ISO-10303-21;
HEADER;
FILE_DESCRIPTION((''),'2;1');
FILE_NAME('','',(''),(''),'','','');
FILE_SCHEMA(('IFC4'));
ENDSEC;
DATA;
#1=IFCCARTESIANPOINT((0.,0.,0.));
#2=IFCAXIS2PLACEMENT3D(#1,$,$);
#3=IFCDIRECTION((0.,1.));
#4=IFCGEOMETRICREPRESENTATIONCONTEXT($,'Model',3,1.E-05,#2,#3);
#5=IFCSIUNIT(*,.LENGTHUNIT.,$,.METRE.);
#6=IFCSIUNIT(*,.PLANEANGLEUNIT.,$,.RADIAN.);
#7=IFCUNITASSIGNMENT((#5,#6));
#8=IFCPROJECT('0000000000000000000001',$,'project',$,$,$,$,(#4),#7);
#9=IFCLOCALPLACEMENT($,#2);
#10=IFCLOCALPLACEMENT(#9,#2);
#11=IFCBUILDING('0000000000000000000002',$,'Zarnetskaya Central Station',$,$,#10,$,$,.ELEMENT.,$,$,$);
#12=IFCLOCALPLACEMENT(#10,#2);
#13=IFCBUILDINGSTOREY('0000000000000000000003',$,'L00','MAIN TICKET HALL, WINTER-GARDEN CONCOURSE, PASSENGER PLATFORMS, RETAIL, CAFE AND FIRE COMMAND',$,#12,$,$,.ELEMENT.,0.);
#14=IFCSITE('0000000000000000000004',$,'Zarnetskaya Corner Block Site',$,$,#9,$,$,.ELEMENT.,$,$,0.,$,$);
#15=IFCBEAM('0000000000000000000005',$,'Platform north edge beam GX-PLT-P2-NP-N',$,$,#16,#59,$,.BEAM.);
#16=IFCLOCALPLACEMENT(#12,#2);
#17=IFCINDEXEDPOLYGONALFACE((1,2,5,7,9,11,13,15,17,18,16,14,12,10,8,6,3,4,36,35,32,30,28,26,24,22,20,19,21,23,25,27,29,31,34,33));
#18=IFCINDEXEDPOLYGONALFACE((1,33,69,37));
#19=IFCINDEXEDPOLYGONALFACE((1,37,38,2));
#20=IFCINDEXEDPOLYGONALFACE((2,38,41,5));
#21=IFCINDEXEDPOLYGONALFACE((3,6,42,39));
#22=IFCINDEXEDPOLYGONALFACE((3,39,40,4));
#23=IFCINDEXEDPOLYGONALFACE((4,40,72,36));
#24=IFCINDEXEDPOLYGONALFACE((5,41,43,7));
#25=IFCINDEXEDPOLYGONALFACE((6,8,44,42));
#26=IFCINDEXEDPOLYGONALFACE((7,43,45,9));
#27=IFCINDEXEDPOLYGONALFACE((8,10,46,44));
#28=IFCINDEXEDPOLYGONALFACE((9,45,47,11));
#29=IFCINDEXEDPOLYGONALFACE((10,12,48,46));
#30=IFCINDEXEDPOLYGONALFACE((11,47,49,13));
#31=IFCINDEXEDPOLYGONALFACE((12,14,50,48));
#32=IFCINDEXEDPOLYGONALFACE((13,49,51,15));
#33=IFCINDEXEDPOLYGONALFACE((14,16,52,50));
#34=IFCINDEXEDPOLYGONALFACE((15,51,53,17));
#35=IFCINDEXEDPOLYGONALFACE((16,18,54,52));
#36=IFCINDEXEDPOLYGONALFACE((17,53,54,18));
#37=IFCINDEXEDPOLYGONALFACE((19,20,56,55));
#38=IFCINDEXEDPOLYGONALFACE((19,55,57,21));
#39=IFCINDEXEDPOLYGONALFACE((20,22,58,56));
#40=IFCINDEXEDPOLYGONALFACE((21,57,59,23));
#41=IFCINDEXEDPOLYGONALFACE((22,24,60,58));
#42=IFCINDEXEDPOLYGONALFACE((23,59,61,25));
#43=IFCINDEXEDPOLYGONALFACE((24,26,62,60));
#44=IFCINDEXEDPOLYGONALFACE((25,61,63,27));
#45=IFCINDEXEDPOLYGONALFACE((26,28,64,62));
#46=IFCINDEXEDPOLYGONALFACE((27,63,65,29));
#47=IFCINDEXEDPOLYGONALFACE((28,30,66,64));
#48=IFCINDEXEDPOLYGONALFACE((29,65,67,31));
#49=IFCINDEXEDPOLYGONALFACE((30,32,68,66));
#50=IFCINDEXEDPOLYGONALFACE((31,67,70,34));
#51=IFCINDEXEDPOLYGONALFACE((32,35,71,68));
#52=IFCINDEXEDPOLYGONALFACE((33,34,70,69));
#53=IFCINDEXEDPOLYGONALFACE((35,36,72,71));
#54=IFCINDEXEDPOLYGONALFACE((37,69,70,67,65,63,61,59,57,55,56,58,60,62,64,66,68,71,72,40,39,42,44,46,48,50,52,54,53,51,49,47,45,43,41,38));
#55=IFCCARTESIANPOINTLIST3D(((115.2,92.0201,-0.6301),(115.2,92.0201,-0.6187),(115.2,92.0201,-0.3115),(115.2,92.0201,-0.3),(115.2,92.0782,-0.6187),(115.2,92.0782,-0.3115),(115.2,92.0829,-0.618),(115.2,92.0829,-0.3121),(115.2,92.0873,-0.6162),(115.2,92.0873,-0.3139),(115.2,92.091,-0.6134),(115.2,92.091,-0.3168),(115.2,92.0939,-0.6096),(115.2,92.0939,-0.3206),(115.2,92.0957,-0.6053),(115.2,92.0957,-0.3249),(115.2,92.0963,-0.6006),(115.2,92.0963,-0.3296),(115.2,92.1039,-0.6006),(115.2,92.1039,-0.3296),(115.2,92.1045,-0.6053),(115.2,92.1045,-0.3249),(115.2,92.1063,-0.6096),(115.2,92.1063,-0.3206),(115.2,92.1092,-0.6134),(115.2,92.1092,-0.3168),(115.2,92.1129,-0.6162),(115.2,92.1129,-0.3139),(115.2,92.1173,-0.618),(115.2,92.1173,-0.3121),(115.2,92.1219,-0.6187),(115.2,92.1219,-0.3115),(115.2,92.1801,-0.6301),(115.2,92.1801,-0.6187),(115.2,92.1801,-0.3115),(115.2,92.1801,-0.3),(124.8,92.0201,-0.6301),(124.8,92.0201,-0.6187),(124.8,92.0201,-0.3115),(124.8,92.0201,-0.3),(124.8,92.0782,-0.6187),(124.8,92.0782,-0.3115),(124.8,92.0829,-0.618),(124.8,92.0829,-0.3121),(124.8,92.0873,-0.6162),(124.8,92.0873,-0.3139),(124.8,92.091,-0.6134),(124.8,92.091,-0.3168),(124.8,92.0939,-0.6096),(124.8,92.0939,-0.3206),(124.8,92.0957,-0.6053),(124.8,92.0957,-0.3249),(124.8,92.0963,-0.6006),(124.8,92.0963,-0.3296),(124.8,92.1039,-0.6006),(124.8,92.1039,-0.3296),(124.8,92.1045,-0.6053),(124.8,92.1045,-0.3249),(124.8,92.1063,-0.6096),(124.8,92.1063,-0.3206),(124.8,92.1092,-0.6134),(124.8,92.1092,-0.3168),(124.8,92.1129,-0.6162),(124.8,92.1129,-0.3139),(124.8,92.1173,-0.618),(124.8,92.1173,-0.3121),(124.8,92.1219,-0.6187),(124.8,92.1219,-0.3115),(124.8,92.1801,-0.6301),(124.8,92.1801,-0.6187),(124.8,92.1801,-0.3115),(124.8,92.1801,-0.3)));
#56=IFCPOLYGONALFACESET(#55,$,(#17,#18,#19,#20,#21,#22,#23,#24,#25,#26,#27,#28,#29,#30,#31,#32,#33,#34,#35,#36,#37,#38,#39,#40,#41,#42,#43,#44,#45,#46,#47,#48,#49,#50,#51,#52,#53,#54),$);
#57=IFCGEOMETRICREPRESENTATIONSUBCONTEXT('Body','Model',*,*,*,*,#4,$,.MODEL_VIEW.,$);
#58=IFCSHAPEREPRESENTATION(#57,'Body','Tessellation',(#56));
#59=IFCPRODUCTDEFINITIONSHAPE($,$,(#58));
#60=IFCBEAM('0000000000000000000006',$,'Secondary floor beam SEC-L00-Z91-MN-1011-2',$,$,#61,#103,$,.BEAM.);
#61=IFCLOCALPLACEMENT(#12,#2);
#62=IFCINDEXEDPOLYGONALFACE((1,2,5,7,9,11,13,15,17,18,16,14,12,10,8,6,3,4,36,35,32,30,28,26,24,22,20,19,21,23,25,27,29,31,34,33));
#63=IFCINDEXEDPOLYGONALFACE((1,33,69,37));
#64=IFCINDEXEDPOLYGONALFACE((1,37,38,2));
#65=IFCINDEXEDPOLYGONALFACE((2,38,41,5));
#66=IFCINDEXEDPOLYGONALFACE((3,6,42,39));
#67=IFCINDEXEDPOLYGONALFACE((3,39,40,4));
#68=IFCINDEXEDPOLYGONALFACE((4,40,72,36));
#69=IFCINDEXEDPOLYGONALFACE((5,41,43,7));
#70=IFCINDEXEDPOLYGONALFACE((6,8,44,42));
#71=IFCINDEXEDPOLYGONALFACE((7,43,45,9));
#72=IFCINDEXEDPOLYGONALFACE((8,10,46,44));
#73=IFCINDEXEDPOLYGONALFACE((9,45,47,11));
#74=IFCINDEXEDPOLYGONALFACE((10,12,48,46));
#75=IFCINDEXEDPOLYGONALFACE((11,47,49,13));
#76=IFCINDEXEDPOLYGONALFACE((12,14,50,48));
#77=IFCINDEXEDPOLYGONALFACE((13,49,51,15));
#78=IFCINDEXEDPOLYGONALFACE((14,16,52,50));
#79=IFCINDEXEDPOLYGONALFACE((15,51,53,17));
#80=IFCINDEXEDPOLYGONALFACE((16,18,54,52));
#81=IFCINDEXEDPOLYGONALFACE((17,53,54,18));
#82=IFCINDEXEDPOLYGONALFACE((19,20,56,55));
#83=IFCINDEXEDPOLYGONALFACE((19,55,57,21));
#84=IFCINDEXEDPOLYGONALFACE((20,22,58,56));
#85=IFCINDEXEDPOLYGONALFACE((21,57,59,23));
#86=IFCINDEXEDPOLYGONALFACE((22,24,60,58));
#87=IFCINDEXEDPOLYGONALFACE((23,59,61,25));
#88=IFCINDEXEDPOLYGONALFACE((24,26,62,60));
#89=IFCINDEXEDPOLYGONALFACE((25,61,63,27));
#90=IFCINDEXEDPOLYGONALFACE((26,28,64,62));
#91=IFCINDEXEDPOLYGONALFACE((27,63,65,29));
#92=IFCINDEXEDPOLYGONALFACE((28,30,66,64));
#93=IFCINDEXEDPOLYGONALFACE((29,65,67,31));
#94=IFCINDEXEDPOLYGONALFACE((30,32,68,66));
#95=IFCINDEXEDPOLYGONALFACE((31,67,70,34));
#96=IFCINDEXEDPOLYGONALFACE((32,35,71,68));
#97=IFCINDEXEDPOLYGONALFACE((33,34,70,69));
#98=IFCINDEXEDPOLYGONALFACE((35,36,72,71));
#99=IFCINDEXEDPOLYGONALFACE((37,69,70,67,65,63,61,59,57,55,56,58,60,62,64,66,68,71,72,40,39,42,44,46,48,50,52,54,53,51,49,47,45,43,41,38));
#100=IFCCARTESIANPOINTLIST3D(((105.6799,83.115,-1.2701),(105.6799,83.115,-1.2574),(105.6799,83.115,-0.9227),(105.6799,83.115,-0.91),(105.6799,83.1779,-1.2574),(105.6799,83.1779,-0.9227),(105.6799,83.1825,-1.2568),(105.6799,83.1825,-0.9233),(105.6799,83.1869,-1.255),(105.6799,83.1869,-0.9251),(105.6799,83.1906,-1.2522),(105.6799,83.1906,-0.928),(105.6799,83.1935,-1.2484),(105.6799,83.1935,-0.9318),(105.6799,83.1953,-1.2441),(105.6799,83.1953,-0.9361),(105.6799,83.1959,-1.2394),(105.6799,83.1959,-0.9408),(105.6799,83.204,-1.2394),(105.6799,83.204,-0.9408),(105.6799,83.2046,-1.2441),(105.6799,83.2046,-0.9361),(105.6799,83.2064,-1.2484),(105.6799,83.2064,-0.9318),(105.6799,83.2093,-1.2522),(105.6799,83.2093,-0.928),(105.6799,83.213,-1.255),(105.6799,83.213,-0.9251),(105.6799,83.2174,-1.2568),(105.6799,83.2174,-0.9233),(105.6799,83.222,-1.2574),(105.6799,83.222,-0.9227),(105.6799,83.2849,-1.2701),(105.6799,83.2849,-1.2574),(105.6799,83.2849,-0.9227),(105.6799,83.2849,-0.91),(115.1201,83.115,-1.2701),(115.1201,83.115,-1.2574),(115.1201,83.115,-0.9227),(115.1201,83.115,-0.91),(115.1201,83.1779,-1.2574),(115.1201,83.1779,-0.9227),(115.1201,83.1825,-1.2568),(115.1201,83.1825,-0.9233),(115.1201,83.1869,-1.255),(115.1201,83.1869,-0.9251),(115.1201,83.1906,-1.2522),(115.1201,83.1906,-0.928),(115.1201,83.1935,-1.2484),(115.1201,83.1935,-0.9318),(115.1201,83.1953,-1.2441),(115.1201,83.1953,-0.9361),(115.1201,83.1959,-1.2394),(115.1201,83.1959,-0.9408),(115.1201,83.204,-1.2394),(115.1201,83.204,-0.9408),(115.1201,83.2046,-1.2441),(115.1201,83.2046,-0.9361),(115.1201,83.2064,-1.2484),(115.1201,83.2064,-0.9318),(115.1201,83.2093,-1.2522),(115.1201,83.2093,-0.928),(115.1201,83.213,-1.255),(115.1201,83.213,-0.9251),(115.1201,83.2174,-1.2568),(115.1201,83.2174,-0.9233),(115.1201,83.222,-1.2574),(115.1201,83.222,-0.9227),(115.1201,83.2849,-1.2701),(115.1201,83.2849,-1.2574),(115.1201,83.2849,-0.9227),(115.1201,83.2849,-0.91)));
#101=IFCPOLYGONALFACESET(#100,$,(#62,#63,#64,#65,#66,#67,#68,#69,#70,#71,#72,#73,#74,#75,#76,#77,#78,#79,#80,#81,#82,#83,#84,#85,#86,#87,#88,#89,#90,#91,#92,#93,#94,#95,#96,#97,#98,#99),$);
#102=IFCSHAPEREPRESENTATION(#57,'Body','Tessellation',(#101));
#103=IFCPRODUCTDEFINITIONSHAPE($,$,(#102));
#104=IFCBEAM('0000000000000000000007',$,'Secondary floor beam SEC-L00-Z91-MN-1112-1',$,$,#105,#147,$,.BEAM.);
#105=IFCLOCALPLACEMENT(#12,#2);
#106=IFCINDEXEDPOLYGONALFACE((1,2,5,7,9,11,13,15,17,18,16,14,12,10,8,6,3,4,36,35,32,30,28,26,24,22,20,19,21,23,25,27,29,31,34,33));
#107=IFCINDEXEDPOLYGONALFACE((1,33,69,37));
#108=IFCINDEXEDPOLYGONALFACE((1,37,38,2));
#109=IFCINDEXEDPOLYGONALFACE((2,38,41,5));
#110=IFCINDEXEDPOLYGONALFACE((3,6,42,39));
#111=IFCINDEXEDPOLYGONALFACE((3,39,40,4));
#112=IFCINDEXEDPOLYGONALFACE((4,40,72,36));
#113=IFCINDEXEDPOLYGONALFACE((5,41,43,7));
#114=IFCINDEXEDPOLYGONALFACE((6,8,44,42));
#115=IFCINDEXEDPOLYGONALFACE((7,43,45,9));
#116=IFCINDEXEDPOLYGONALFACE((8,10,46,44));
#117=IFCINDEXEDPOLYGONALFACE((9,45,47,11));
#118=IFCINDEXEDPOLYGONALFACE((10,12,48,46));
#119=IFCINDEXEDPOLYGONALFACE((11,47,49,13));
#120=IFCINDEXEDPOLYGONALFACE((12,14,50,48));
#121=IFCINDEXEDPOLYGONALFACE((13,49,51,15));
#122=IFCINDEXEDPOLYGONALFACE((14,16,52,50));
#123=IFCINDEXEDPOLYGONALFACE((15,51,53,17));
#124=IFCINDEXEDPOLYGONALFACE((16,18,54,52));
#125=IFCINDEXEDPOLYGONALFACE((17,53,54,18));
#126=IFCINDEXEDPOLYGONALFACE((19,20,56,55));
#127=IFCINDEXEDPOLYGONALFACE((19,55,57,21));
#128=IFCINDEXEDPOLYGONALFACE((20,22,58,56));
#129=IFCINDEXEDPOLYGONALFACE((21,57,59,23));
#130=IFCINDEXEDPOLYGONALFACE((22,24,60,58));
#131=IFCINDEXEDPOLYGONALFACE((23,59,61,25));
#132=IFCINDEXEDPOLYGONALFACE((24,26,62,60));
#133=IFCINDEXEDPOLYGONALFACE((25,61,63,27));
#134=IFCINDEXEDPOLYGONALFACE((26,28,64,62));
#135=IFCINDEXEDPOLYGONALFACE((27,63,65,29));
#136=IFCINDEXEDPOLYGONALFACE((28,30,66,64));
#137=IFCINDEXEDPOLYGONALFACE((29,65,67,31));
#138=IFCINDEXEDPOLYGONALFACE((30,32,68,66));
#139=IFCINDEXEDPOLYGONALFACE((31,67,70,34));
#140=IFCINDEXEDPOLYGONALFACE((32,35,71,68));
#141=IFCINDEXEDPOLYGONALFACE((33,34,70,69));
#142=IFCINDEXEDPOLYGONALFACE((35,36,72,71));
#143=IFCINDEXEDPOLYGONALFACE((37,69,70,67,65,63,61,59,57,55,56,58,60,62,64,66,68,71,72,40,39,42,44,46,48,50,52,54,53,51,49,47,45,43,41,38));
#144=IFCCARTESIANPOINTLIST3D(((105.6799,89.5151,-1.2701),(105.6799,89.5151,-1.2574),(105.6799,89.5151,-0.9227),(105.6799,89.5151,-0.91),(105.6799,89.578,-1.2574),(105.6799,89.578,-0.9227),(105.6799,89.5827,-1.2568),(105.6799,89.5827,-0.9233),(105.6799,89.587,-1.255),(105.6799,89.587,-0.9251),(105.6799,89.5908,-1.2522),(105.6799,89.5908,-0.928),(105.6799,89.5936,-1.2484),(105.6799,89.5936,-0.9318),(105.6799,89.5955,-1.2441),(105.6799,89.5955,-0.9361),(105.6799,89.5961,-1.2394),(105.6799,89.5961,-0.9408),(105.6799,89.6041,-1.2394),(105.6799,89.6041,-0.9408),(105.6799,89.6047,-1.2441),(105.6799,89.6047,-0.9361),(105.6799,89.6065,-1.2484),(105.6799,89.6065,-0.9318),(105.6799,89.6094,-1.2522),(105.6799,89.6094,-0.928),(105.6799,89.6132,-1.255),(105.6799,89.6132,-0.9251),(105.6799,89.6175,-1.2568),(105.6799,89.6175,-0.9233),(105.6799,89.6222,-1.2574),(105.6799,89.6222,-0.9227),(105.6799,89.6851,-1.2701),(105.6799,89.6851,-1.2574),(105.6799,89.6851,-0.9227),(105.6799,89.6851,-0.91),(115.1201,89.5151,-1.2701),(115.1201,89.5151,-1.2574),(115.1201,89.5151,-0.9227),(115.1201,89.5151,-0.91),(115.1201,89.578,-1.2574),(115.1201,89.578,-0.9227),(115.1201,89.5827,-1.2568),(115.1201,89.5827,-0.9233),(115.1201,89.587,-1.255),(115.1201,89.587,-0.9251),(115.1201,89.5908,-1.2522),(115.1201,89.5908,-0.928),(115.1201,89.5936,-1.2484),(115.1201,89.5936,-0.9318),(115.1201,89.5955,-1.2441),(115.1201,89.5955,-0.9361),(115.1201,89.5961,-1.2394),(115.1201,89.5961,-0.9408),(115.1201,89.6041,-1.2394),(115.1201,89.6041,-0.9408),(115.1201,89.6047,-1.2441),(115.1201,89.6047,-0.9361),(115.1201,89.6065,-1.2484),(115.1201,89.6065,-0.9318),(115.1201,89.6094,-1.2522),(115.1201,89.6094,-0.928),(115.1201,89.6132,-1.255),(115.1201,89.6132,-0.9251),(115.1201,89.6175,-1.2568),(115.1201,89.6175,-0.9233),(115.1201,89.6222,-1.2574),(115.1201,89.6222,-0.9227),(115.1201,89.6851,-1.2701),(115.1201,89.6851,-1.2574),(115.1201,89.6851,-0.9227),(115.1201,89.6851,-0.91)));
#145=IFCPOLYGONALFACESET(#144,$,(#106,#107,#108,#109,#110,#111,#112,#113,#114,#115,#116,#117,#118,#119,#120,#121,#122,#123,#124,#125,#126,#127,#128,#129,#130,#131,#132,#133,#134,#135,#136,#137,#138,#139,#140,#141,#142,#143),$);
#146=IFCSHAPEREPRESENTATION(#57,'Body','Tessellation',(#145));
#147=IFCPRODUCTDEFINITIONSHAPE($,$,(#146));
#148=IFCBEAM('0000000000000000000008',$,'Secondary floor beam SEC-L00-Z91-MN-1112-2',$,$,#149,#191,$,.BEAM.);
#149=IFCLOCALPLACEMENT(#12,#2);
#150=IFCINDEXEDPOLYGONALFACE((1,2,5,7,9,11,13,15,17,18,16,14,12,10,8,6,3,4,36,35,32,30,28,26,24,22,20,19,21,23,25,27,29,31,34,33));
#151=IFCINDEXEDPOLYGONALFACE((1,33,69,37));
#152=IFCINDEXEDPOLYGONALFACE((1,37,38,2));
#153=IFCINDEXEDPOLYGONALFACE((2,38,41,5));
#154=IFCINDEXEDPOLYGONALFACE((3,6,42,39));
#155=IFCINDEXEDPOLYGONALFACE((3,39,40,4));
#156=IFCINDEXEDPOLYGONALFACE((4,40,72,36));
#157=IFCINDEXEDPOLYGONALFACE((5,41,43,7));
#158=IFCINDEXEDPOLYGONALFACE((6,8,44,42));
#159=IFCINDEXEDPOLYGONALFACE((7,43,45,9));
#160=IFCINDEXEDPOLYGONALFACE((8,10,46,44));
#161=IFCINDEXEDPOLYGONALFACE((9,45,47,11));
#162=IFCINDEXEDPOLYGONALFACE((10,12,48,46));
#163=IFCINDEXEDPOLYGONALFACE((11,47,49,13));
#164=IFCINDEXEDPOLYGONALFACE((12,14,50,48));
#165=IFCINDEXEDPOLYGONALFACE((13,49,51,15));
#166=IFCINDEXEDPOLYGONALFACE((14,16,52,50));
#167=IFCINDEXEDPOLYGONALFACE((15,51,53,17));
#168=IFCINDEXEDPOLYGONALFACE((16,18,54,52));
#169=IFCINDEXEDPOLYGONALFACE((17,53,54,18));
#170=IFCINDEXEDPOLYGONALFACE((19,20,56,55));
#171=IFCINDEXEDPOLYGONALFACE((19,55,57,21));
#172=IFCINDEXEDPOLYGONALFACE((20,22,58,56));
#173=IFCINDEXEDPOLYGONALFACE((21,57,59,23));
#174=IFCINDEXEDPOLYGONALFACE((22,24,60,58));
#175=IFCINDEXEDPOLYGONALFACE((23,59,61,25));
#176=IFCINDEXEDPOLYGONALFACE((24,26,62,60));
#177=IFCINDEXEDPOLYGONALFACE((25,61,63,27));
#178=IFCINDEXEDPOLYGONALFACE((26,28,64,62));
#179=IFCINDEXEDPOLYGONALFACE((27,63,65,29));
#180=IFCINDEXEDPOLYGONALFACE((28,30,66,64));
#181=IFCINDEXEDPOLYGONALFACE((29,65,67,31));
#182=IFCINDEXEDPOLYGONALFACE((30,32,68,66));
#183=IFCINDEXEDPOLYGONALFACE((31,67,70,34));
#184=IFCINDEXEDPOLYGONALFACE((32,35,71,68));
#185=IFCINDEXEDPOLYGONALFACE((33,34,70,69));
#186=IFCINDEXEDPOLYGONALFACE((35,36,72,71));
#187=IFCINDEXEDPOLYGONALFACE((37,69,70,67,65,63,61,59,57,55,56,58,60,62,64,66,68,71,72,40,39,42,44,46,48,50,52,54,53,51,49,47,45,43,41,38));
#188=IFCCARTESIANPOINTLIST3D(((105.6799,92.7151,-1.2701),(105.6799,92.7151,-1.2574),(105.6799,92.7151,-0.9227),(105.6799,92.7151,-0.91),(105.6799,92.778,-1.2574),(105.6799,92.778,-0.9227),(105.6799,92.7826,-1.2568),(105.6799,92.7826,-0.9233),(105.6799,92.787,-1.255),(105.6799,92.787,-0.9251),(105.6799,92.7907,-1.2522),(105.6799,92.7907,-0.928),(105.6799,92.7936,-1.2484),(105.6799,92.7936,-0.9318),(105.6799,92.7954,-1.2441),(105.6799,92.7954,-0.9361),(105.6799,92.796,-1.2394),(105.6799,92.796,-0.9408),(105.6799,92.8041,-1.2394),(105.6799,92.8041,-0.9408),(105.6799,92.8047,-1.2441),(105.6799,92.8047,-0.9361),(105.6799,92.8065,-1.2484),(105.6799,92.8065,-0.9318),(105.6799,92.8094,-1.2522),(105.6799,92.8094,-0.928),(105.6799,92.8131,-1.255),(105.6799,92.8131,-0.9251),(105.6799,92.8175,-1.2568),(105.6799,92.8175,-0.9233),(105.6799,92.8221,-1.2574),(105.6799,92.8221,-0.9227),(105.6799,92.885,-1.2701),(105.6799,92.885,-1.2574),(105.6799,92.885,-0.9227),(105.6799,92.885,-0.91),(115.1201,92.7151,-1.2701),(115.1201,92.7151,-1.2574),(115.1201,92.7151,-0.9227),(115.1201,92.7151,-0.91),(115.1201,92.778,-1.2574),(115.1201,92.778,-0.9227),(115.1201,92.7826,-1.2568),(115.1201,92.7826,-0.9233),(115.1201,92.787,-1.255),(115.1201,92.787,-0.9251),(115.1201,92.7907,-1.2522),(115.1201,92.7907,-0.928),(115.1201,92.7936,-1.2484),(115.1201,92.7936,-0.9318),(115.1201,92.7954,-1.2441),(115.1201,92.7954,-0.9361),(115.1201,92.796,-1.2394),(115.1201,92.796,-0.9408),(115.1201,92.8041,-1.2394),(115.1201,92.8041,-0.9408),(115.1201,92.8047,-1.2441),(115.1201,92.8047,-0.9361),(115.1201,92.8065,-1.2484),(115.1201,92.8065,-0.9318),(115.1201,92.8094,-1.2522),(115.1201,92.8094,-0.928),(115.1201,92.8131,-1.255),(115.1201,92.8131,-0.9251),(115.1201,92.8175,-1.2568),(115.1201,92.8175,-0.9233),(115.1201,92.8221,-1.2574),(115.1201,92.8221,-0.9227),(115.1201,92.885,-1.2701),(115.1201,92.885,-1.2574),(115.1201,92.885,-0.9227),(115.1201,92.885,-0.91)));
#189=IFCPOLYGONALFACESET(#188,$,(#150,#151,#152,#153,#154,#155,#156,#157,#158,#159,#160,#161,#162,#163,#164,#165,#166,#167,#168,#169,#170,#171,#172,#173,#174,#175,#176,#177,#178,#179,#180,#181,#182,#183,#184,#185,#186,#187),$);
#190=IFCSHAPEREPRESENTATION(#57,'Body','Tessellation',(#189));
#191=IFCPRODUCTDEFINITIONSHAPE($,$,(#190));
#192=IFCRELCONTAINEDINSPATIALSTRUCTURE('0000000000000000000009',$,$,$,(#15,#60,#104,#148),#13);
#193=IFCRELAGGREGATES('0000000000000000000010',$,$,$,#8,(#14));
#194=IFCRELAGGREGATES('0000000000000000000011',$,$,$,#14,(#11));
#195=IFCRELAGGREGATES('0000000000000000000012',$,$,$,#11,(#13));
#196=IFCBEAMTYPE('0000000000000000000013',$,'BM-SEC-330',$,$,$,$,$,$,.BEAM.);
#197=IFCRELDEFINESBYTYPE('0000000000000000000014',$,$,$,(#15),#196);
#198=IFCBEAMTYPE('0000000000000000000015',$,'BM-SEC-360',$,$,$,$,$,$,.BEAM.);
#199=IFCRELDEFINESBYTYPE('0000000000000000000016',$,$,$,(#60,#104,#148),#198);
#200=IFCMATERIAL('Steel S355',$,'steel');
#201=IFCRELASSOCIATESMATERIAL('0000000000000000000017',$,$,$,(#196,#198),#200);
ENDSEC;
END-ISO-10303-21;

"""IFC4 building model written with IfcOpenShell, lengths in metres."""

from ifc_helpers import new_model, si_unit, direction, frame, origin, origin_2d, place, context, subcontext, project, spatial, i_section, extrude, material, material_profile, profile_set, type_object, element, save


model = new_model("IFC4")

# Units and contexts
model_context = context("Model", 3, precision=1e-05, world=origin(), true_north=direction((0.0, 1.0)))
body_context = subcontext(model_context, "Body", "Model", "MODEL_VIEW")
ifc_project = project(units=[si_unit("LENGTHUNIT", "METRE"), si_unit("PLANEANGLEUNIT", "RADIAN")], contexts=[model_context])

# Site, building, storey
site_placement = place(None, origin())
site = spatial("IfcSite", under=ifc_project, at=site_placement, Name="Zarnetskaya Corner Block Site", CompositionType="ELEMENT", RefElevation=0.0)
building_placement = place(site_placement, origin())
building = spatial("IfcBuilding", under=site, at=building_placement, Name="Zarnetskaya Central Station", CompositionType="ELEMENT")
storey_placement = place(building_placement, origin())
storey = spatial("IfcBuildingStorey", under=building, at=storey_placement, Name="L00", Description="MAIN TICKET HALL, WINTER-GARDEN CONCOURSE, PASSENGER PLATFORMS, RETAIL, CAFE AND FIRE COMMAND", CompositionType="ELEMENT", Elevation=0.0)

# Shared definitions
ifc_material = material(Name="Steel S355", Category="steel")

# Beams
ifc_material_profile_1 = material_profile(ifc_material, i_section(OverallWidth=0.1599, OverallDepth=0.3301, WebThickness=0.0076, FlangeThickness=0.0115, FilletRadius=0.0181, at=origin_2d()), Name="IPE 330")
ifc_profile_set_1 = profile_set([ifc_material_profile_1], Name="Steel S355")
beam_type_1 = type_object("IfcBeamType", Name="BM-SEC-330", PredefinedType="BEAM", material=ifc_profile_set_1)
beam_1_placement = place(storey_placement, frame((115.2, 92.1001, -0.4651), z_axis=(1.0, 0.0, 0.0), x_axis=(0.0, 1.0, 0.0)))
element("IfcBeam", 1, at=beam_1_placement, inside=storey, type_object=beam_type_1, Name="Platform north edge beam GX-PLT-P2-NP-N", PredefinedType="BEAM", context=body_context, shape_type="SweptSolid", body=[
    extrude(i_section(OverallWidth=0.1599, OverallDepth=0.3301, WebThickness=0.0076, FlangeThickness=0.0115, FilletRadius=0.0181, at=origin_2d()), origin(), (0.0, 0.0, 1.0), 9.6001),
])
ifc_material_profile_2 = material_profile(ifc_material, i_section(OverallWidth=0.1699, OverallDepth=0.3601, WebThickness=0.0081, FlangeThickness=0.0127, FilletRadius=0.0181, at=origin_2d()), Name="IPE 360")
ifc_profile_set_2 = profile_set([ifc_material_profile_2], Name="Steel S355")
beam_type_2 = type_object("IfcBeamType", Name="BM-SEC-360", PredefinedType="BEAM", material=ifc_profile_set_2)
for number, where, z_axis, x_axis, name in (
    (2, (105.6799, 83.2, -1.0901), (1.0, 0.0, 0.0), (0.0, 1.0, 0.0), "Secondary floor beam SEC-L00-Z91-MN-1011-2"),
    (3, (105.6799, 89.6001, -1.0901), (1.0, 0.0, 0.0), (0.0, 1.0, 0.0), "Secondary floor beam SEC-L00-Z91-MN-1112-1"),
    (4, (105.6799, 92.8, -1.0901), (1.0, 0.0, 0.0), (0.0, 1.0, 0.0), "Secondary floor beam SEC-L00-Z91-MN-1112-2"),
):
    element("IfcBeam", number, at=place(storey_placement, frame(where, z_axis=z_axis, x_axis=x_axis)), inside=storey, type_object=beam_type_2, Name=name, PredefinedType="BEAM", context=body_context, shape_type="SweptSolid", body=[
        extrude(i_section(OverallWidth=0.1699, OverallDepth=0.3601, WebThickness=0.0081, FlangeThickness=0.0127, FilletRadius=0.0181, at=origin_2d()), origin(), (0.0, 0.0, 1.0), 9.4402),
    ])

save(model, "model.ifc")
